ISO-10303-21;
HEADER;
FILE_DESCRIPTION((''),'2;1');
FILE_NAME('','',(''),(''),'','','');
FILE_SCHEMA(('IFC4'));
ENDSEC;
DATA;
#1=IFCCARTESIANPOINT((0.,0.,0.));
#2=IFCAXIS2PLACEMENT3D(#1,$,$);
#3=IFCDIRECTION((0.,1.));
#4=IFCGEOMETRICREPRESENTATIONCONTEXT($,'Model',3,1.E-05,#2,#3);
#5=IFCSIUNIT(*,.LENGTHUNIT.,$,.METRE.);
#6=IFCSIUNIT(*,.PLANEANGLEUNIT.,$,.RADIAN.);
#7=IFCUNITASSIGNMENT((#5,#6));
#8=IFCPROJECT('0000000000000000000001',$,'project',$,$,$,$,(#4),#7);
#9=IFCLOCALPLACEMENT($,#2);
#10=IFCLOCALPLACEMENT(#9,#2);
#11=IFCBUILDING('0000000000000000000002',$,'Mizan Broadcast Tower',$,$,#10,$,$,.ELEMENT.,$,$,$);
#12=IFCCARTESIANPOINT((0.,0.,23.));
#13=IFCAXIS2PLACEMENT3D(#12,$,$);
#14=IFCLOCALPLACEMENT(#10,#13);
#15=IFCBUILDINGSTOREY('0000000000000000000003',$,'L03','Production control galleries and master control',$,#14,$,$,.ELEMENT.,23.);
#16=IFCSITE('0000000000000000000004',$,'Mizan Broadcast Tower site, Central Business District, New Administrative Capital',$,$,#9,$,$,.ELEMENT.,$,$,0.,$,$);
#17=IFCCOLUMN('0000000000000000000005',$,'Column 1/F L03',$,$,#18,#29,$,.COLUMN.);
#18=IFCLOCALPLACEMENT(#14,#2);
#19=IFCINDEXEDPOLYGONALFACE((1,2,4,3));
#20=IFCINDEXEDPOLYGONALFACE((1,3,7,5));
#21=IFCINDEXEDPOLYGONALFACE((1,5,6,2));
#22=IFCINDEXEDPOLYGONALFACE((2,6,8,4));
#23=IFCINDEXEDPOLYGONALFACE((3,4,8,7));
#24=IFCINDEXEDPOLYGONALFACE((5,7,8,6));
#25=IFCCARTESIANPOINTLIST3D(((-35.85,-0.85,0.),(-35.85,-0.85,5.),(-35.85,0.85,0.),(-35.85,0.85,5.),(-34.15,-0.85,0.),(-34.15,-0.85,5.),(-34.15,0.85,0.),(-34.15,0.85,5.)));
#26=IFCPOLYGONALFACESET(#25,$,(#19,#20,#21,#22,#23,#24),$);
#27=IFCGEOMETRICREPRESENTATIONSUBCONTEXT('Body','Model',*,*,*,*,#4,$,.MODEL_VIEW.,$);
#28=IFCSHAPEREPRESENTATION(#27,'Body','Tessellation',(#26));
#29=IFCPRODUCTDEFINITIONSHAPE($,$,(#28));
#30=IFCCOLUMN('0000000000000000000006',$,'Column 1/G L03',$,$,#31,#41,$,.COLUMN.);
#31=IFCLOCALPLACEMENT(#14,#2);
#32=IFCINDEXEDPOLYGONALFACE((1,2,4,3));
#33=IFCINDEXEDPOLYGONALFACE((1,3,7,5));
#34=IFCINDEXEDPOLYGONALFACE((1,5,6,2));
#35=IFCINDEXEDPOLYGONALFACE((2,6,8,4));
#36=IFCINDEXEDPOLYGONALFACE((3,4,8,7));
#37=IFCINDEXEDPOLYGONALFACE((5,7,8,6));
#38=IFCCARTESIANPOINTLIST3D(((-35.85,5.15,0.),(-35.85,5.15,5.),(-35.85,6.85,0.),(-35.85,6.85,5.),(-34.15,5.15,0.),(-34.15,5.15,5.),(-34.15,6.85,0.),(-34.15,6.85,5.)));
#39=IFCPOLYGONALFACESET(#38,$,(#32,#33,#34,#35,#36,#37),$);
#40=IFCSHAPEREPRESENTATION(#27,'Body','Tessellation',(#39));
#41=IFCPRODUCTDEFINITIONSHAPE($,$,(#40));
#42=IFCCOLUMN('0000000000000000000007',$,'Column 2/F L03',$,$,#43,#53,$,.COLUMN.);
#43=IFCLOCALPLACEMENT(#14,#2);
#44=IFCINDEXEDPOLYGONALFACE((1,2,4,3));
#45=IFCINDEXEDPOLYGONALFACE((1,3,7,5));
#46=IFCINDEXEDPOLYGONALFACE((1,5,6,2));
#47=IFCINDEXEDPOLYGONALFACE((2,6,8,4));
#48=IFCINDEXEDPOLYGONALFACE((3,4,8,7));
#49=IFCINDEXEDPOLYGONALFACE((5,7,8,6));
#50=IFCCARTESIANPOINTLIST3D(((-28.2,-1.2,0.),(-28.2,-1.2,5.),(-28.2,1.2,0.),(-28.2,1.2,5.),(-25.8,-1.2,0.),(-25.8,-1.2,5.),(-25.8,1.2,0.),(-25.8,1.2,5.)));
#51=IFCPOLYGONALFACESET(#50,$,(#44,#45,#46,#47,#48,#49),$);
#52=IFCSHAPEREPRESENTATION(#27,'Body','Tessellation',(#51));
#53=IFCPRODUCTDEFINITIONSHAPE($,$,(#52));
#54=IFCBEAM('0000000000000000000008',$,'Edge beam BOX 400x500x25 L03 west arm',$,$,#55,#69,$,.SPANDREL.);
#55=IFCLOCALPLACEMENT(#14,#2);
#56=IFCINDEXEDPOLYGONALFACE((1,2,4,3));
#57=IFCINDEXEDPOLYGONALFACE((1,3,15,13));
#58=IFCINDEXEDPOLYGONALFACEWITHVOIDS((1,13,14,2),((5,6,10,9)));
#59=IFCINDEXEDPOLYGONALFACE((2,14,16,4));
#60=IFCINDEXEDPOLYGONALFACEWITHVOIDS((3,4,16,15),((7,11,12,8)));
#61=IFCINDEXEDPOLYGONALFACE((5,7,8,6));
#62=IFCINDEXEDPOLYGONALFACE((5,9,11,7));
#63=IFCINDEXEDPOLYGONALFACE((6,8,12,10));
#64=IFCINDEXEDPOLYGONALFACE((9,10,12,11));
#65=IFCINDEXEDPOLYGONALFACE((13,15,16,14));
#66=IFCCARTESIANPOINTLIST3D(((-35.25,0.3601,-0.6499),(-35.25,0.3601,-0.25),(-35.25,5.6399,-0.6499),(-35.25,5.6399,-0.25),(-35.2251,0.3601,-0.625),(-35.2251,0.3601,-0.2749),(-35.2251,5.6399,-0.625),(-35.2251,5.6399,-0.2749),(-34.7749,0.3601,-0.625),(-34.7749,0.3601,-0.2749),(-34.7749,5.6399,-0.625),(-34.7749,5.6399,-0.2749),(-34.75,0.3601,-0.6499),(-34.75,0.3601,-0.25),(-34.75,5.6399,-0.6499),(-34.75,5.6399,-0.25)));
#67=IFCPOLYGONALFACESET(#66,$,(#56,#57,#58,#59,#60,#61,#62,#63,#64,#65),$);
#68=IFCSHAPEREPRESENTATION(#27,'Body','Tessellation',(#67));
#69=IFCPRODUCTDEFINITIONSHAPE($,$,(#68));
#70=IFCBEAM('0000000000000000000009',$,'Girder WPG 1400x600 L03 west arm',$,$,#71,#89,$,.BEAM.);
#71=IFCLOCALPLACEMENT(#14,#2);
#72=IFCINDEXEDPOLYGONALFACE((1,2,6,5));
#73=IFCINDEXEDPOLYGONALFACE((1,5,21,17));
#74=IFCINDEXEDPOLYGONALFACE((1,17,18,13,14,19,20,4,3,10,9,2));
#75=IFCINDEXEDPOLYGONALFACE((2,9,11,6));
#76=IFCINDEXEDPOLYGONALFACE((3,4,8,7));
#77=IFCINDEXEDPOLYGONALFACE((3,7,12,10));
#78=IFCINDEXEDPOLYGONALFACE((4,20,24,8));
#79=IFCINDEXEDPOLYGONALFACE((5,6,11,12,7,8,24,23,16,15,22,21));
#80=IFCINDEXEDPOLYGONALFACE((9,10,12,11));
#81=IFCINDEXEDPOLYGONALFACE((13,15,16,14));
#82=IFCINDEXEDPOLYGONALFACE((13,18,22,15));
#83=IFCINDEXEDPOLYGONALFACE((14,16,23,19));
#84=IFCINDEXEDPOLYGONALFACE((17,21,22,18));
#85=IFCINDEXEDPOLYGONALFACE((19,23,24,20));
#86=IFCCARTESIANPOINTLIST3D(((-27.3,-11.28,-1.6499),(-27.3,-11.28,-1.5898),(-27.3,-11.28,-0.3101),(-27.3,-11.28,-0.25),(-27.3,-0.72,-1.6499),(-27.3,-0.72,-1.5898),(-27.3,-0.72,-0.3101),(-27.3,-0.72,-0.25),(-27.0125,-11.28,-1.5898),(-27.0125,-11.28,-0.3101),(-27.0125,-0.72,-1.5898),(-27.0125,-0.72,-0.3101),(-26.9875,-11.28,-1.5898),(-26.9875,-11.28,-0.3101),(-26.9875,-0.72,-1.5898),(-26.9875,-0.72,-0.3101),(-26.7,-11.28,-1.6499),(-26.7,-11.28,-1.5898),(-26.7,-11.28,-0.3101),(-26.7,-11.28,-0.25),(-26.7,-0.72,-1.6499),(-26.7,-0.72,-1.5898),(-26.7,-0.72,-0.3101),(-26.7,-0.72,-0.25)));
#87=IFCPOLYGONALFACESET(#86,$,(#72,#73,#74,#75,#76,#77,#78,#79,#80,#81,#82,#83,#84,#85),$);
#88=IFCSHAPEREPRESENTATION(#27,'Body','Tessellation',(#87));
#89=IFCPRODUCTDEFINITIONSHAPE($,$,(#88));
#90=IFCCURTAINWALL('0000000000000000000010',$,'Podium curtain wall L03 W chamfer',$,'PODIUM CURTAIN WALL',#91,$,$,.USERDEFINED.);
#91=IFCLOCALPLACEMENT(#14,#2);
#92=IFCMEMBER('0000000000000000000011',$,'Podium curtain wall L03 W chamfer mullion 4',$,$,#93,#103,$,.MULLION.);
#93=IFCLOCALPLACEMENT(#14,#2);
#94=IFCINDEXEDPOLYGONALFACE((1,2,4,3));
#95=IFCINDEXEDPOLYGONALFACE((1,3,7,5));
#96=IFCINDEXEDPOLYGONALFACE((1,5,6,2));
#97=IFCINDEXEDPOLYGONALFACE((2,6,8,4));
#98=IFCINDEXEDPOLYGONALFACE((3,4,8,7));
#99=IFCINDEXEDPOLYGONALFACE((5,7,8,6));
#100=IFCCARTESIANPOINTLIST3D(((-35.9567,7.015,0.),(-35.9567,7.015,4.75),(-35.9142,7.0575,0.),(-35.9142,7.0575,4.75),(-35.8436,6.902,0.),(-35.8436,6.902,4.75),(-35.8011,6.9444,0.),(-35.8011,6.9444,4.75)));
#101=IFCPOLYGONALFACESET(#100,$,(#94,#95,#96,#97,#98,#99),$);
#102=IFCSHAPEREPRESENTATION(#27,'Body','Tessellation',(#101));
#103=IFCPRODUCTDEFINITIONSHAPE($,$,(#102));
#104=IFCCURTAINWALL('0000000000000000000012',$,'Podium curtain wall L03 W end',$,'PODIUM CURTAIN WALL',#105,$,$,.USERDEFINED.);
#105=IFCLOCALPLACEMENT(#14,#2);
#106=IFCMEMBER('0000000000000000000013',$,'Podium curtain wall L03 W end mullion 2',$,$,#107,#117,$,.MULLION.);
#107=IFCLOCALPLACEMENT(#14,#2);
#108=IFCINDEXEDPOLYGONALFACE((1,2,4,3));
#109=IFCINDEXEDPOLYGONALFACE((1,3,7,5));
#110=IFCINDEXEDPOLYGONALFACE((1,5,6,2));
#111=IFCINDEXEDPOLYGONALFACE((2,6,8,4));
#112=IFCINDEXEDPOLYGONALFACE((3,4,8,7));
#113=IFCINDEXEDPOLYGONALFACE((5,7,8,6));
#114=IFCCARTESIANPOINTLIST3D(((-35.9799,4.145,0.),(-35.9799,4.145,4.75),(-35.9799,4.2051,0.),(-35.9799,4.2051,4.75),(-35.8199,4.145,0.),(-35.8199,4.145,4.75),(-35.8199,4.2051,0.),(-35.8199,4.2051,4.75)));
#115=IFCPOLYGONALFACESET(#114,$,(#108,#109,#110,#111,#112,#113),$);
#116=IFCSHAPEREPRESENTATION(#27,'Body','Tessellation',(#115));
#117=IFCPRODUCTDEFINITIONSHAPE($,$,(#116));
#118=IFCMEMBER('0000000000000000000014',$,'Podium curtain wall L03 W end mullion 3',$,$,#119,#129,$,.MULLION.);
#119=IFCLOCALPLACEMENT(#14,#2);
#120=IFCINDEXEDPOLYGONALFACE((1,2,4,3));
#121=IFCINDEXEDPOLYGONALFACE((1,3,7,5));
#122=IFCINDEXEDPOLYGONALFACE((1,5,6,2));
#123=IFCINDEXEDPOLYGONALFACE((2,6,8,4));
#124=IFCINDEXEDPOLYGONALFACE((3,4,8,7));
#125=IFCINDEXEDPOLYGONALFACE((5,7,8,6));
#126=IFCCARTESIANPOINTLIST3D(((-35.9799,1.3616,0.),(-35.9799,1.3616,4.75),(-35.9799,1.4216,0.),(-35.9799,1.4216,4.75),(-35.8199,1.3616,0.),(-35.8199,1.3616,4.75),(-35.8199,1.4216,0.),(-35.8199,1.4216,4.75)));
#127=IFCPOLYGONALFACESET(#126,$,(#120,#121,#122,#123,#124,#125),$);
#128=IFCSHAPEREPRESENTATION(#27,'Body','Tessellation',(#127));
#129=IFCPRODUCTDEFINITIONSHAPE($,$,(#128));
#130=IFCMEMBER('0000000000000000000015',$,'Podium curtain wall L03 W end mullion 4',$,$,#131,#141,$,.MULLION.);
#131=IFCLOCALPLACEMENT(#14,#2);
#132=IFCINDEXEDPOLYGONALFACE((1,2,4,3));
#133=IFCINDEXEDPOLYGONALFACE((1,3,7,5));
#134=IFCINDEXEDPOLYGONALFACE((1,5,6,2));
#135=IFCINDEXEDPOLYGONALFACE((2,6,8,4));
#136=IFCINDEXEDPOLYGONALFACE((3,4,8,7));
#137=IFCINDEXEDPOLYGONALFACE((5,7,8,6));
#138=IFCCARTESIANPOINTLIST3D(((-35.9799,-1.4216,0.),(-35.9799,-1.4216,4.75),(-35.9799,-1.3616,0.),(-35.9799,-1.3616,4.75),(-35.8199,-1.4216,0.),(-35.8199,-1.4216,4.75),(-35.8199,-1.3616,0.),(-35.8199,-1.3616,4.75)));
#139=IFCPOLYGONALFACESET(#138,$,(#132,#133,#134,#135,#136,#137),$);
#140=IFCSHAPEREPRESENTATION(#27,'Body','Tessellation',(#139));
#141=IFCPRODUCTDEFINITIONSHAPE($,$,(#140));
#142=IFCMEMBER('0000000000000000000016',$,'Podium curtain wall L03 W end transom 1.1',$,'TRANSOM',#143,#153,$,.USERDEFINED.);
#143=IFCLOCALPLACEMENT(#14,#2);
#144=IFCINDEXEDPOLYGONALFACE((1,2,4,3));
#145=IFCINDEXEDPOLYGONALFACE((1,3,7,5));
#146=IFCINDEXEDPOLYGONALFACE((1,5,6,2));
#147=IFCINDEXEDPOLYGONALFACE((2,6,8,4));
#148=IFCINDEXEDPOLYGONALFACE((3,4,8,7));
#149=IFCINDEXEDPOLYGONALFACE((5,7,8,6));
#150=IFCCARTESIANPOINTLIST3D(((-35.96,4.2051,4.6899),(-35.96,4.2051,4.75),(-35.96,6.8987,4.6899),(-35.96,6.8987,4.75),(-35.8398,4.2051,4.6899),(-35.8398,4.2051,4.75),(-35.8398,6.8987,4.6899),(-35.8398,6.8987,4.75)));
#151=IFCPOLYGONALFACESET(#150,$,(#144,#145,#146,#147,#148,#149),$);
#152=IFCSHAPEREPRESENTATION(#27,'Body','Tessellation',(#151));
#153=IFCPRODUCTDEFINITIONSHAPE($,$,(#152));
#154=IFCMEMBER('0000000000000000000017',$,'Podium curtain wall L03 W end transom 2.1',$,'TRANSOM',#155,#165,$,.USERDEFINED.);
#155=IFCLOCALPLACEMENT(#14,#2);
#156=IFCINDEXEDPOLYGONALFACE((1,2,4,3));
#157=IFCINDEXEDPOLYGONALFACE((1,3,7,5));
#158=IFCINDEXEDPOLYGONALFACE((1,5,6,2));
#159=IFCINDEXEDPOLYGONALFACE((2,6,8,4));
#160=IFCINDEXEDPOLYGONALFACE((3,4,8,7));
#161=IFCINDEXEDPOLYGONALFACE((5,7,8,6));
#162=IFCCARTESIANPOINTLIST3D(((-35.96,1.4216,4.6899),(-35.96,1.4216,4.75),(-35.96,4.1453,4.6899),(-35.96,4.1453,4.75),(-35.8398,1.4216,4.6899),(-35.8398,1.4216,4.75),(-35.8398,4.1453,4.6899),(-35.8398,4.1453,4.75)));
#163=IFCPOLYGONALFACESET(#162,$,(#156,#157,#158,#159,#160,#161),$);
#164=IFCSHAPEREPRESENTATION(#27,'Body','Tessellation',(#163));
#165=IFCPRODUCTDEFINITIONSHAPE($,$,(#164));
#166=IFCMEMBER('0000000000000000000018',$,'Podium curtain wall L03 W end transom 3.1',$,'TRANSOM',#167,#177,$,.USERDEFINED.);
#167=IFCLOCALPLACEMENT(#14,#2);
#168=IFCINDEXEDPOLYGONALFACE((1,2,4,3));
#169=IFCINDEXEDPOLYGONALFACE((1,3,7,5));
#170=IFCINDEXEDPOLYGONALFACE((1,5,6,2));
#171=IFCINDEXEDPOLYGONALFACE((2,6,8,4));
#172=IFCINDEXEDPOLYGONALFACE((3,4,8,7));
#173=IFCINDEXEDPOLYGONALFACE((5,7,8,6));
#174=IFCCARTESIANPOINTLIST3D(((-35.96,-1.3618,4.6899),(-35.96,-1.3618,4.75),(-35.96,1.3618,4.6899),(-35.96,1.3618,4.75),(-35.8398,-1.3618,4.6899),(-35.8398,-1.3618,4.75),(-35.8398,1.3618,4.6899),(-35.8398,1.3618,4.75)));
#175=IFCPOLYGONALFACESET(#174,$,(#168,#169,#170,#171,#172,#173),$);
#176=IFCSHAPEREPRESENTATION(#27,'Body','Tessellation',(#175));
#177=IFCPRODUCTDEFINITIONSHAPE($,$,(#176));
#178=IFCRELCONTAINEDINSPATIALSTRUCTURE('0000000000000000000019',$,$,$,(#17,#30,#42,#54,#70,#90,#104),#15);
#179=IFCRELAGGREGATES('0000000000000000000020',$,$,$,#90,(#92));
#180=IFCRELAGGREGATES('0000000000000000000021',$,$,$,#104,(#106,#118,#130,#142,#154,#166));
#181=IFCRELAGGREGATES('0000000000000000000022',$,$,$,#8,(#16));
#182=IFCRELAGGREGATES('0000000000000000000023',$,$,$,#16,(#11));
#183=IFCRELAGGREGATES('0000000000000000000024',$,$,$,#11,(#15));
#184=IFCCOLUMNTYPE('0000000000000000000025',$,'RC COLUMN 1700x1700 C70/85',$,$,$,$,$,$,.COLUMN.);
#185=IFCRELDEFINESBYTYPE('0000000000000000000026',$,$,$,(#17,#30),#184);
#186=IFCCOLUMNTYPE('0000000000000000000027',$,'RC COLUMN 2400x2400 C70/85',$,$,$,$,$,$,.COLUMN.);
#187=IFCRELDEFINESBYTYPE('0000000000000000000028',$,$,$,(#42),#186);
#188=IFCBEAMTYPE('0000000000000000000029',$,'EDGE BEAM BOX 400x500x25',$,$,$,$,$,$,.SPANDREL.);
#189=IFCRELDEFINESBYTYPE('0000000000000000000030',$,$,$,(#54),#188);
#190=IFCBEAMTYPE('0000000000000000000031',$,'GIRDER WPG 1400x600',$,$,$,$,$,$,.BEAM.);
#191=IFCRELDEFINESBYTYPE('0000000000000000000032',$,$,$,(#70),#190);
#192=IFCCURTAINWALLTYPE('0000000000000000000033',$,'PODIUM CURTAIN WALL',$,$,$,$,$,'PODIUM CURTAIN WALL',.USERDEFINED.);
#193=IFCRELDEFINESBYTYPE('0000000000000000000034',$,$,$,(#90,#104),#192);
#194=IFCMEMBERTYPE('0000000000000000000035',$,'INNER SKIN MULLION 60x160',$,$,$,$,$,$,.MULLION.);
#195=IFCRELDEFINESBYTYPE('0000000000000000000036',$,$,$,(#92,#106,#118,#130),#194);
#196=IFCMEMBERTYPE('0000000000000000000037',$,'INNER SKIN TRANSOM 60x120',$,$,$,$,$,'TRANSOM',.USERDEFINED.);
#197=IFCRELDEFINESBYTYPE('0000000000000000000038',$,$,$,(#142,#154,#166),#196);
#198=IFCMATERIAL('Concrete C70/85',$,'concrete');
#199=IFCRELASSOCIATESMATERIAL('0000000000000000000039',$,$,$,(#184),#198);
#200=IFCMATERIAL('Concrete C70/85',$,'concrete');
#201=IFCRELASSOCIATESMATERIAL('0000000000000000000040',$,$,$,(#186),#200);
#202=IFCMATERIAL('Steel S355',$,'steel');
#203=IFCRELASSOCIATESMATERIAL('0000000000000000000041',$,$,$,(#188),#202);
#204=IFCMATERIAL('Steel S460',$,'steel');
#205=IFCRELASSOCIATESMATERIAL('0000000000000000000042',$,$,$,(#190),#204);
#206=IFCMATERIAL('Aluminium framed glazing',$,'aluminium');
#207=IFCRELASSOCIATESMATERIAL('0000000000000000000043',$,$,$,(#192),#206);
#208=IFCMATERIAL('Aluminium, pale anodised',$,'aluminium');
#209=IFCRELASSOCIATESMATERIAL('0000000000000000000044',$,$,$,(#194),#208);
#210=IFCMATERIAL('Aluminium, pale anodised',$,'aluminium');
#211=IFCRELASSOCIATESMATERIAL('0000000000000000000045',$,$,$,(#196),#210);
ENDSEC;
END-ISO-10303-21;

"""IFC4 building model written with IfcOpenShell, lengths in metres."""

from ifc_helpers import new_model, si_unit, direction, frame, origin, origin_2d, place, context, subcontext, project, spatial, rectangle, hollow_rectangle, i_section, extrude, material, material_profile, profile_set, type_object, element, aggregate, save


model = new_model("IFC4")

# Units and contexts
model_context = context("Model", 3, precision=1e-05, world=origin(), true_north=direction((0.0, 1.0)))
body_context = subcontext(model_context, "Body", "Model", "MODEL_VIEW")
ifc_project = project(units=[si_unit("LENGTHUNIT", "METRE"), si_unit("PLANEANGLEUNIT", "RADIAN")], contexts=[model_context])

# Site, building, storey
site_placement = place(None, origin())
site = spatial("IfcSite", under=ifc_project, at=site_placement, Name="Mizan Broadcast Tower site, Central Business District, New Administrative Capital", CompositionType="ELEMENT", RefElevation=0.0)
building_placement = place(site_placement, origin())
building = spatial("IfcBuilding", under=site, at=building_placement, Name="Mizan Broadcast Tower", CompositionType="ELEMENT")
storey_placement = place(building_placement, frame((0.0, 0.0, 23.0)))
storey = spatial("IfcBuildingStorey", under=building, at=storey_placement, Name="L03", Description="Production control galleries and master control", CompositionType="ELEMENT", Elevation=23.0)

# Columns
ifc_material_1 = material(Name="Concrete C70/85", Category="concrete")
ifc_material_profile_1 = material_profile(ifc_material_1, rectangle(XDim=1.7, YDim=1.7, at=origin_2d()), Name="RC 1700x1700")
ifc_profile_set_1 = profile_set([ifc_material_profile_1], Name="Concrete C70/85")
column_type_1 = type_object("IfcColumnType", Name="RC COLUMN 1700x1700 C70/85", PredefinedType="COLUMN", material=ifc_profile_set_1)
for number, where, z_axis, x_axis, name in (
    (1, (-35.0, 0.0, 0.0), (0.0, 0.0, 1.0), (1.0, 0.0, 0.0), "Column 1/F L03"),
    (2, (-35.0, 6.0, 0.0), (0.0, 0.0, 1.0), (1.0, 0.0, 0.0), "Column 1/G L03"),
):
    element("IfcColumn", number, at=place(storey_placement, frame(where, z_axis=z_axis, x_axis=x_axis)), inside=storey, type_object=column_type_1, Name=name, PredefinedType="COLUMN", context=body_context, shape_type="SweptSolid", body=[
        extrude(rectangle(XDim=1.7, YDim=1.7, at=origin_2d()), origin(), (0.0, 0.0, 1.0), 5.0),
    ])
ifc_material_2 = material(Name="Concrete C70/85", Category="concrete")
ifc_material_profile_2 = material_profile(ifc_material_2, rectangle(XDim=2.3999, YDim=2.3999, at=origin_2d()), Name="RC 2400x2400")
ifc_profile_set_2 = profile_set([ifc_material_profile_2], Name="Concrete C70/85")
column_type_2 = type_object("IfcColumnType", Name="RC COLUMN 2400x2400 C70/85", PredefinedType="COLUMN", material=ifc_profile_set_2)
column_placement = place(storey_placement, frame((-27.0, 0.0, 0.0), z_axis=(0.0, 0.0, 1.0), x_axis=(1.0, 0.0, 0.0)))
element("IfcColumn", 3, at=column_placement, inside=storey, type_object=column_type_2, Name="Column 2/F L03", PredefinedType="COLUMN", context=body_context, shape_type="SweptSolid", body=[
    extrude(rectangle(XDim=2.3999, YDim=2.3999, at=origin_2d()), origin(), (0.0, 0.0, 1.0), 5.0),
])

# Beams
ifc_material_3 = material(Name="Steel S355", Category="steel")
ifc_material_profile_3 = material_profile(ifc_material_3, hollow_rectangle(XDim=0.5, YDim=0.3999, WallThickness=0.0249, at=origin_2d()), Name="BOX 400x500x25")
ifc_profile_set_3 = profile_set([ifc_material_profile_3], Name="Steel S355")
beam_type_1 = type_object("IfcBeamType", Name="EDGE BEAM BOX 400x500x25", PredefinedType="SPANDREL", material=ifc_profile_set_3)
beam_1_placement = place(storey_placement, frame((-35.0, 5.6399, -0.45), z_axis=(0.0, -1.0, 0.0), x_axis=(1.0, 0.0, 0.0)))
element("IfcBeam", 4, at=beam_1_placement, inside=storey, type_object=beam_type_1, Name="Edge beam BOX 400x500x25 L03 west arm", PredefinedType="SPANDREL", context=body_context, shape_type="SweptSolid", body=[
    extrude(hollow_rectangle(XDim=0.5, YDim=0.3999, WallThickness=0.0249, at=origin_2d()), origin(), (0.0, 0.0, 1.0), 5.2798),
])
ifc_material_4 = material(Name="Steel S460", Category="steel")
ifc_material_profile_4 = material_profile(ifc_material_4, i_section(OverallWidth=0.6001, OverallDepth=1.3999, WebThickness=0.0249, FlangeThickness=0.0601, at=origin_2d()), Name="WPG 1400x600")
ifc_profile_set_4 = profile_set([ifc_material_profile_4], Name="Steel S460")
beam_type_2 = type_object("IfcBeamType", Name="GIRDER WPG 1400x600", PredefinedType="BEAM", material=ifc_profile_set_4)
beam_2_placement = place(storey_placement, frame((-27.0, -0.72, -0.95), z_axis=(0.0, -1.0, 0.0), x_axis=(1.0, 0.0, 0.0)))
element("IfcBeam", 5, at=beam_2_placement, inside=storey, type_object=beam_type_2, Name="Girder WPG 1400x600 L03 west arm", PredefinedType="BEAM", context=body_context, shape_type="SweptSolid", body=[
    extrude(i_section(OverallWidth=0.6001, OverallDepth=1.3999, WebThickness=0.0249, FlangeThickness=0.0601, at=origin_2d()), origin(), (0.0, 0.0, 1.0), 10.5601),
])

# Curtain wall, member
ifc_material_5 = material(Name="Aluminium framed glazing", Category="aluminium")
curtain_wall_type_1 = type_object("IfcCurtainWallType", Name="PODIUM CURTAIN WALL", ElementType="PODIUM CURTAIN WALL", PredefinedType="USERDEFINED", material=ifc_material_5)
curtain_wall_1_placement = place(storey_placement, origin())
curtain_wall_1 = element("IfcCurtainWall", 6, at=curtain_wall_1_placement, inside=storey, type_object=curtain_wall_type_1, Name="Podium curtain wall L03 W chamfer", ObjectType="PODIUM CURTAIN WALL", PredefinedType="USERDEFINED")
ifc_material_6 = material(Name="Aluminium, pale anodised", Category="aluminium")
ifc_material_profile_5 = material_profile(ifc_material_6, rectangle(XDim=0.1599, YDim=0.0601, at=origin_2d()), Name="MULLION 160x60")
ifc_profile_set_5 = profile_set([ifc_material_profile_5], Name="Aluminium, pale anodised")
member_type_1 = type_object("IfcMemberType", Name="INNER SKIN MULLION 60x160", PredefinedType="MULLION", material=ifc_profile_set_5)
member_1_placement = place(storey_placement, frame((-35.8789, 6.9797, 0.0), z_axis=(0.0, 0.0, 1.0), x_axis=(0.707107, -0.707107, 0.0)))
member_1 = element("IfcMember", 7, at=member_1_placement, type_object=member_type_1, Name="Podium curtain wall L03 W chamfer mullion 4", PredefinedType="MULLION", context=body_context, shape_type="SweptSolid", body=[
    extrude(rectangle(XDim=0.1599, YDim=0.0601, at=origin_2d()), origin(), (0.0, 0.0, 1.0), 4.75),
])
aggregate(curtain_wall_1, [member_1])

# Curtain wall, members
curtain_wall_2_placement = place(storey_placement, origin())
curtain_wall_2 = element("IfcCurtainWall", 8, at=curtain_wall_2_placement, inside=storey, type_object=curtain_wall_type_1, Name="Podium curtain wall L03 W end", ObjectType="PODIUM CURTAIN WALL", PredefinedType="USERDEFINED")
member_2_placement = place(storey_placement, frame((-35.8999, 4.175, 0.0), z_axis=(0.0, 0.0, 1.0), x_axis=(1.0, 0.0, 0.0)))
member_2 = element("IfcMember", 9, at=member_2_placement, type_object=member_type_1, Name="Podium curtain wall L03 W end mullion 2", PredefinedType="MULLION", context=body_context, shape_type="SweptSolid", body=[
    extrude(rectangle(XDim=0.1599, YDim=0.0601, at=origin_2d()), origin(), (0.0, 0.0, 1.0), 4.75),
])
member_3_placement = place(storey_placement, frame((-35.8999, 1.3916, 0.0), z_axis=(0.0, 0.0, 1.0), x_axis=(1.0, 0.0, 0.0)))
member_3 = element("IfcMember", 10, at=member_3_placement, type_object=member_type_1, Name="Podium curtain wall L03 W end mullion 3", PredefinedType="MULLION", context=body_context, shape_type="SweptSolid", body=[
    extrude(rectangle(XDim=0.1599, YDim=0.0601, at=origin_2d()), origin(), (0.0, 0.0, 1.0), 4.75),
])
member_4_placement = place(storey_placement, frame((-35.8999, -1.3916, 0.0), z_axis=(0.0, 0.0, 1.0), x_axis=(1.0, 0.0, 0.0)))
member_4 = element("IfcMember", 11, at=member_4_placement, type_object=member_type_1, Name="Podium curtain wall L03 W end mullion 4", PredefinedType="MULLION", context=body_context, shape_type="SweptSolid", body=[
    extrude(rectangle(XDim=0.1599, YDim=0.0601, at=origin_2d()), origin(), (0.0, 0.0, 1.0), 4.75),
])
ifc_material_7 = material(Name="Aluminium, pale anodised", Category="aluminium")
ifc_material_profile_6 = material_profile(ifc_material_7, rectangle(XDim=0.1201, YDim=0.0601, at=origin_2d()), Name="TRANSOM 120x60")
ifc_profile_set_6 = profile_set([ifc_material_profile_6], Name="Aluminium, pale anodised")
member_type_2 = type_object("IfcMemberType", Name="INNER SKIN TRANSOM 60x120", ElementType="TRANSOM", PredefinedType="USERDEFINED", material=ifc_profile_set_6)
member_5_placement = place(storey_placement, frame((-35.8999, 6.8987, 4.72), z_axis=(0.0, -1.0, 0.0), x_axis=(1.0, 0.0, 0.0)))
member_5 = element("IfcMember", 12, at=member_5_placement, type_object=member_type_2, Name="Podium curtain wall L03 W end transom 1.1", ObjectType="TRANSOM", PredefinedType="USERDEFINED", context=body_context, shape_type="SweptSolid", body=[
    extrude(rectangle(XDim=0.1201, YDim=0.0601, at=origin_2d()), origin(), (0.0, 0.0, 1.0), 2.6936),
])
member_6_placement = place(storey_placement, frame((-35.8999, 4.1453, 4.72), z_axis=(0.0, -1.0, 0.0), x_axis=(1.0, 0.0, 0.0)))
member_6 = element("IfcMember", 13, at=member_6_placement, type_object=member_type_2, Name="Podium curtain wall L03 W end transom 2.1", ObjectType="TRANSOM", PredefinedType="USERDEFINED", context=body_context, shape_type="SweptSolid", body=[
    extrude(rectangle(XDim=0.1201, YDim=0.0601, at=origin_2d()), origin(), (0.0, 0.0, 1.0), 2.7236),
])
member_7_placement = place(storey_placement, frame((-35.8999, 1.3618, 4.72), z_axis=(0.0, -1.0, 0.0), x_axis=(1.0, 0.0, 0.0)))
member_7 = element("IfcMember", 14, at=member_7_placement, type_object=member_type_2, Name="Podium curtain wall L03 W end transom 3.1", ObjectType="TRANSOM", PredefinedType="USERDEFINED", context=body_context, shape_type="SweptSolid", body=[
    extrude(rectangle(XDim=0.1201, YDim=0.0601, at=origin_2d()), origin(), (0.0, 0.0, 1.0), 2.7236),
])

aggregate(curtain_wall_2, [member_2, member_3, member_4, member_5, member_6, member_7])

save(model, "model.ifc")
